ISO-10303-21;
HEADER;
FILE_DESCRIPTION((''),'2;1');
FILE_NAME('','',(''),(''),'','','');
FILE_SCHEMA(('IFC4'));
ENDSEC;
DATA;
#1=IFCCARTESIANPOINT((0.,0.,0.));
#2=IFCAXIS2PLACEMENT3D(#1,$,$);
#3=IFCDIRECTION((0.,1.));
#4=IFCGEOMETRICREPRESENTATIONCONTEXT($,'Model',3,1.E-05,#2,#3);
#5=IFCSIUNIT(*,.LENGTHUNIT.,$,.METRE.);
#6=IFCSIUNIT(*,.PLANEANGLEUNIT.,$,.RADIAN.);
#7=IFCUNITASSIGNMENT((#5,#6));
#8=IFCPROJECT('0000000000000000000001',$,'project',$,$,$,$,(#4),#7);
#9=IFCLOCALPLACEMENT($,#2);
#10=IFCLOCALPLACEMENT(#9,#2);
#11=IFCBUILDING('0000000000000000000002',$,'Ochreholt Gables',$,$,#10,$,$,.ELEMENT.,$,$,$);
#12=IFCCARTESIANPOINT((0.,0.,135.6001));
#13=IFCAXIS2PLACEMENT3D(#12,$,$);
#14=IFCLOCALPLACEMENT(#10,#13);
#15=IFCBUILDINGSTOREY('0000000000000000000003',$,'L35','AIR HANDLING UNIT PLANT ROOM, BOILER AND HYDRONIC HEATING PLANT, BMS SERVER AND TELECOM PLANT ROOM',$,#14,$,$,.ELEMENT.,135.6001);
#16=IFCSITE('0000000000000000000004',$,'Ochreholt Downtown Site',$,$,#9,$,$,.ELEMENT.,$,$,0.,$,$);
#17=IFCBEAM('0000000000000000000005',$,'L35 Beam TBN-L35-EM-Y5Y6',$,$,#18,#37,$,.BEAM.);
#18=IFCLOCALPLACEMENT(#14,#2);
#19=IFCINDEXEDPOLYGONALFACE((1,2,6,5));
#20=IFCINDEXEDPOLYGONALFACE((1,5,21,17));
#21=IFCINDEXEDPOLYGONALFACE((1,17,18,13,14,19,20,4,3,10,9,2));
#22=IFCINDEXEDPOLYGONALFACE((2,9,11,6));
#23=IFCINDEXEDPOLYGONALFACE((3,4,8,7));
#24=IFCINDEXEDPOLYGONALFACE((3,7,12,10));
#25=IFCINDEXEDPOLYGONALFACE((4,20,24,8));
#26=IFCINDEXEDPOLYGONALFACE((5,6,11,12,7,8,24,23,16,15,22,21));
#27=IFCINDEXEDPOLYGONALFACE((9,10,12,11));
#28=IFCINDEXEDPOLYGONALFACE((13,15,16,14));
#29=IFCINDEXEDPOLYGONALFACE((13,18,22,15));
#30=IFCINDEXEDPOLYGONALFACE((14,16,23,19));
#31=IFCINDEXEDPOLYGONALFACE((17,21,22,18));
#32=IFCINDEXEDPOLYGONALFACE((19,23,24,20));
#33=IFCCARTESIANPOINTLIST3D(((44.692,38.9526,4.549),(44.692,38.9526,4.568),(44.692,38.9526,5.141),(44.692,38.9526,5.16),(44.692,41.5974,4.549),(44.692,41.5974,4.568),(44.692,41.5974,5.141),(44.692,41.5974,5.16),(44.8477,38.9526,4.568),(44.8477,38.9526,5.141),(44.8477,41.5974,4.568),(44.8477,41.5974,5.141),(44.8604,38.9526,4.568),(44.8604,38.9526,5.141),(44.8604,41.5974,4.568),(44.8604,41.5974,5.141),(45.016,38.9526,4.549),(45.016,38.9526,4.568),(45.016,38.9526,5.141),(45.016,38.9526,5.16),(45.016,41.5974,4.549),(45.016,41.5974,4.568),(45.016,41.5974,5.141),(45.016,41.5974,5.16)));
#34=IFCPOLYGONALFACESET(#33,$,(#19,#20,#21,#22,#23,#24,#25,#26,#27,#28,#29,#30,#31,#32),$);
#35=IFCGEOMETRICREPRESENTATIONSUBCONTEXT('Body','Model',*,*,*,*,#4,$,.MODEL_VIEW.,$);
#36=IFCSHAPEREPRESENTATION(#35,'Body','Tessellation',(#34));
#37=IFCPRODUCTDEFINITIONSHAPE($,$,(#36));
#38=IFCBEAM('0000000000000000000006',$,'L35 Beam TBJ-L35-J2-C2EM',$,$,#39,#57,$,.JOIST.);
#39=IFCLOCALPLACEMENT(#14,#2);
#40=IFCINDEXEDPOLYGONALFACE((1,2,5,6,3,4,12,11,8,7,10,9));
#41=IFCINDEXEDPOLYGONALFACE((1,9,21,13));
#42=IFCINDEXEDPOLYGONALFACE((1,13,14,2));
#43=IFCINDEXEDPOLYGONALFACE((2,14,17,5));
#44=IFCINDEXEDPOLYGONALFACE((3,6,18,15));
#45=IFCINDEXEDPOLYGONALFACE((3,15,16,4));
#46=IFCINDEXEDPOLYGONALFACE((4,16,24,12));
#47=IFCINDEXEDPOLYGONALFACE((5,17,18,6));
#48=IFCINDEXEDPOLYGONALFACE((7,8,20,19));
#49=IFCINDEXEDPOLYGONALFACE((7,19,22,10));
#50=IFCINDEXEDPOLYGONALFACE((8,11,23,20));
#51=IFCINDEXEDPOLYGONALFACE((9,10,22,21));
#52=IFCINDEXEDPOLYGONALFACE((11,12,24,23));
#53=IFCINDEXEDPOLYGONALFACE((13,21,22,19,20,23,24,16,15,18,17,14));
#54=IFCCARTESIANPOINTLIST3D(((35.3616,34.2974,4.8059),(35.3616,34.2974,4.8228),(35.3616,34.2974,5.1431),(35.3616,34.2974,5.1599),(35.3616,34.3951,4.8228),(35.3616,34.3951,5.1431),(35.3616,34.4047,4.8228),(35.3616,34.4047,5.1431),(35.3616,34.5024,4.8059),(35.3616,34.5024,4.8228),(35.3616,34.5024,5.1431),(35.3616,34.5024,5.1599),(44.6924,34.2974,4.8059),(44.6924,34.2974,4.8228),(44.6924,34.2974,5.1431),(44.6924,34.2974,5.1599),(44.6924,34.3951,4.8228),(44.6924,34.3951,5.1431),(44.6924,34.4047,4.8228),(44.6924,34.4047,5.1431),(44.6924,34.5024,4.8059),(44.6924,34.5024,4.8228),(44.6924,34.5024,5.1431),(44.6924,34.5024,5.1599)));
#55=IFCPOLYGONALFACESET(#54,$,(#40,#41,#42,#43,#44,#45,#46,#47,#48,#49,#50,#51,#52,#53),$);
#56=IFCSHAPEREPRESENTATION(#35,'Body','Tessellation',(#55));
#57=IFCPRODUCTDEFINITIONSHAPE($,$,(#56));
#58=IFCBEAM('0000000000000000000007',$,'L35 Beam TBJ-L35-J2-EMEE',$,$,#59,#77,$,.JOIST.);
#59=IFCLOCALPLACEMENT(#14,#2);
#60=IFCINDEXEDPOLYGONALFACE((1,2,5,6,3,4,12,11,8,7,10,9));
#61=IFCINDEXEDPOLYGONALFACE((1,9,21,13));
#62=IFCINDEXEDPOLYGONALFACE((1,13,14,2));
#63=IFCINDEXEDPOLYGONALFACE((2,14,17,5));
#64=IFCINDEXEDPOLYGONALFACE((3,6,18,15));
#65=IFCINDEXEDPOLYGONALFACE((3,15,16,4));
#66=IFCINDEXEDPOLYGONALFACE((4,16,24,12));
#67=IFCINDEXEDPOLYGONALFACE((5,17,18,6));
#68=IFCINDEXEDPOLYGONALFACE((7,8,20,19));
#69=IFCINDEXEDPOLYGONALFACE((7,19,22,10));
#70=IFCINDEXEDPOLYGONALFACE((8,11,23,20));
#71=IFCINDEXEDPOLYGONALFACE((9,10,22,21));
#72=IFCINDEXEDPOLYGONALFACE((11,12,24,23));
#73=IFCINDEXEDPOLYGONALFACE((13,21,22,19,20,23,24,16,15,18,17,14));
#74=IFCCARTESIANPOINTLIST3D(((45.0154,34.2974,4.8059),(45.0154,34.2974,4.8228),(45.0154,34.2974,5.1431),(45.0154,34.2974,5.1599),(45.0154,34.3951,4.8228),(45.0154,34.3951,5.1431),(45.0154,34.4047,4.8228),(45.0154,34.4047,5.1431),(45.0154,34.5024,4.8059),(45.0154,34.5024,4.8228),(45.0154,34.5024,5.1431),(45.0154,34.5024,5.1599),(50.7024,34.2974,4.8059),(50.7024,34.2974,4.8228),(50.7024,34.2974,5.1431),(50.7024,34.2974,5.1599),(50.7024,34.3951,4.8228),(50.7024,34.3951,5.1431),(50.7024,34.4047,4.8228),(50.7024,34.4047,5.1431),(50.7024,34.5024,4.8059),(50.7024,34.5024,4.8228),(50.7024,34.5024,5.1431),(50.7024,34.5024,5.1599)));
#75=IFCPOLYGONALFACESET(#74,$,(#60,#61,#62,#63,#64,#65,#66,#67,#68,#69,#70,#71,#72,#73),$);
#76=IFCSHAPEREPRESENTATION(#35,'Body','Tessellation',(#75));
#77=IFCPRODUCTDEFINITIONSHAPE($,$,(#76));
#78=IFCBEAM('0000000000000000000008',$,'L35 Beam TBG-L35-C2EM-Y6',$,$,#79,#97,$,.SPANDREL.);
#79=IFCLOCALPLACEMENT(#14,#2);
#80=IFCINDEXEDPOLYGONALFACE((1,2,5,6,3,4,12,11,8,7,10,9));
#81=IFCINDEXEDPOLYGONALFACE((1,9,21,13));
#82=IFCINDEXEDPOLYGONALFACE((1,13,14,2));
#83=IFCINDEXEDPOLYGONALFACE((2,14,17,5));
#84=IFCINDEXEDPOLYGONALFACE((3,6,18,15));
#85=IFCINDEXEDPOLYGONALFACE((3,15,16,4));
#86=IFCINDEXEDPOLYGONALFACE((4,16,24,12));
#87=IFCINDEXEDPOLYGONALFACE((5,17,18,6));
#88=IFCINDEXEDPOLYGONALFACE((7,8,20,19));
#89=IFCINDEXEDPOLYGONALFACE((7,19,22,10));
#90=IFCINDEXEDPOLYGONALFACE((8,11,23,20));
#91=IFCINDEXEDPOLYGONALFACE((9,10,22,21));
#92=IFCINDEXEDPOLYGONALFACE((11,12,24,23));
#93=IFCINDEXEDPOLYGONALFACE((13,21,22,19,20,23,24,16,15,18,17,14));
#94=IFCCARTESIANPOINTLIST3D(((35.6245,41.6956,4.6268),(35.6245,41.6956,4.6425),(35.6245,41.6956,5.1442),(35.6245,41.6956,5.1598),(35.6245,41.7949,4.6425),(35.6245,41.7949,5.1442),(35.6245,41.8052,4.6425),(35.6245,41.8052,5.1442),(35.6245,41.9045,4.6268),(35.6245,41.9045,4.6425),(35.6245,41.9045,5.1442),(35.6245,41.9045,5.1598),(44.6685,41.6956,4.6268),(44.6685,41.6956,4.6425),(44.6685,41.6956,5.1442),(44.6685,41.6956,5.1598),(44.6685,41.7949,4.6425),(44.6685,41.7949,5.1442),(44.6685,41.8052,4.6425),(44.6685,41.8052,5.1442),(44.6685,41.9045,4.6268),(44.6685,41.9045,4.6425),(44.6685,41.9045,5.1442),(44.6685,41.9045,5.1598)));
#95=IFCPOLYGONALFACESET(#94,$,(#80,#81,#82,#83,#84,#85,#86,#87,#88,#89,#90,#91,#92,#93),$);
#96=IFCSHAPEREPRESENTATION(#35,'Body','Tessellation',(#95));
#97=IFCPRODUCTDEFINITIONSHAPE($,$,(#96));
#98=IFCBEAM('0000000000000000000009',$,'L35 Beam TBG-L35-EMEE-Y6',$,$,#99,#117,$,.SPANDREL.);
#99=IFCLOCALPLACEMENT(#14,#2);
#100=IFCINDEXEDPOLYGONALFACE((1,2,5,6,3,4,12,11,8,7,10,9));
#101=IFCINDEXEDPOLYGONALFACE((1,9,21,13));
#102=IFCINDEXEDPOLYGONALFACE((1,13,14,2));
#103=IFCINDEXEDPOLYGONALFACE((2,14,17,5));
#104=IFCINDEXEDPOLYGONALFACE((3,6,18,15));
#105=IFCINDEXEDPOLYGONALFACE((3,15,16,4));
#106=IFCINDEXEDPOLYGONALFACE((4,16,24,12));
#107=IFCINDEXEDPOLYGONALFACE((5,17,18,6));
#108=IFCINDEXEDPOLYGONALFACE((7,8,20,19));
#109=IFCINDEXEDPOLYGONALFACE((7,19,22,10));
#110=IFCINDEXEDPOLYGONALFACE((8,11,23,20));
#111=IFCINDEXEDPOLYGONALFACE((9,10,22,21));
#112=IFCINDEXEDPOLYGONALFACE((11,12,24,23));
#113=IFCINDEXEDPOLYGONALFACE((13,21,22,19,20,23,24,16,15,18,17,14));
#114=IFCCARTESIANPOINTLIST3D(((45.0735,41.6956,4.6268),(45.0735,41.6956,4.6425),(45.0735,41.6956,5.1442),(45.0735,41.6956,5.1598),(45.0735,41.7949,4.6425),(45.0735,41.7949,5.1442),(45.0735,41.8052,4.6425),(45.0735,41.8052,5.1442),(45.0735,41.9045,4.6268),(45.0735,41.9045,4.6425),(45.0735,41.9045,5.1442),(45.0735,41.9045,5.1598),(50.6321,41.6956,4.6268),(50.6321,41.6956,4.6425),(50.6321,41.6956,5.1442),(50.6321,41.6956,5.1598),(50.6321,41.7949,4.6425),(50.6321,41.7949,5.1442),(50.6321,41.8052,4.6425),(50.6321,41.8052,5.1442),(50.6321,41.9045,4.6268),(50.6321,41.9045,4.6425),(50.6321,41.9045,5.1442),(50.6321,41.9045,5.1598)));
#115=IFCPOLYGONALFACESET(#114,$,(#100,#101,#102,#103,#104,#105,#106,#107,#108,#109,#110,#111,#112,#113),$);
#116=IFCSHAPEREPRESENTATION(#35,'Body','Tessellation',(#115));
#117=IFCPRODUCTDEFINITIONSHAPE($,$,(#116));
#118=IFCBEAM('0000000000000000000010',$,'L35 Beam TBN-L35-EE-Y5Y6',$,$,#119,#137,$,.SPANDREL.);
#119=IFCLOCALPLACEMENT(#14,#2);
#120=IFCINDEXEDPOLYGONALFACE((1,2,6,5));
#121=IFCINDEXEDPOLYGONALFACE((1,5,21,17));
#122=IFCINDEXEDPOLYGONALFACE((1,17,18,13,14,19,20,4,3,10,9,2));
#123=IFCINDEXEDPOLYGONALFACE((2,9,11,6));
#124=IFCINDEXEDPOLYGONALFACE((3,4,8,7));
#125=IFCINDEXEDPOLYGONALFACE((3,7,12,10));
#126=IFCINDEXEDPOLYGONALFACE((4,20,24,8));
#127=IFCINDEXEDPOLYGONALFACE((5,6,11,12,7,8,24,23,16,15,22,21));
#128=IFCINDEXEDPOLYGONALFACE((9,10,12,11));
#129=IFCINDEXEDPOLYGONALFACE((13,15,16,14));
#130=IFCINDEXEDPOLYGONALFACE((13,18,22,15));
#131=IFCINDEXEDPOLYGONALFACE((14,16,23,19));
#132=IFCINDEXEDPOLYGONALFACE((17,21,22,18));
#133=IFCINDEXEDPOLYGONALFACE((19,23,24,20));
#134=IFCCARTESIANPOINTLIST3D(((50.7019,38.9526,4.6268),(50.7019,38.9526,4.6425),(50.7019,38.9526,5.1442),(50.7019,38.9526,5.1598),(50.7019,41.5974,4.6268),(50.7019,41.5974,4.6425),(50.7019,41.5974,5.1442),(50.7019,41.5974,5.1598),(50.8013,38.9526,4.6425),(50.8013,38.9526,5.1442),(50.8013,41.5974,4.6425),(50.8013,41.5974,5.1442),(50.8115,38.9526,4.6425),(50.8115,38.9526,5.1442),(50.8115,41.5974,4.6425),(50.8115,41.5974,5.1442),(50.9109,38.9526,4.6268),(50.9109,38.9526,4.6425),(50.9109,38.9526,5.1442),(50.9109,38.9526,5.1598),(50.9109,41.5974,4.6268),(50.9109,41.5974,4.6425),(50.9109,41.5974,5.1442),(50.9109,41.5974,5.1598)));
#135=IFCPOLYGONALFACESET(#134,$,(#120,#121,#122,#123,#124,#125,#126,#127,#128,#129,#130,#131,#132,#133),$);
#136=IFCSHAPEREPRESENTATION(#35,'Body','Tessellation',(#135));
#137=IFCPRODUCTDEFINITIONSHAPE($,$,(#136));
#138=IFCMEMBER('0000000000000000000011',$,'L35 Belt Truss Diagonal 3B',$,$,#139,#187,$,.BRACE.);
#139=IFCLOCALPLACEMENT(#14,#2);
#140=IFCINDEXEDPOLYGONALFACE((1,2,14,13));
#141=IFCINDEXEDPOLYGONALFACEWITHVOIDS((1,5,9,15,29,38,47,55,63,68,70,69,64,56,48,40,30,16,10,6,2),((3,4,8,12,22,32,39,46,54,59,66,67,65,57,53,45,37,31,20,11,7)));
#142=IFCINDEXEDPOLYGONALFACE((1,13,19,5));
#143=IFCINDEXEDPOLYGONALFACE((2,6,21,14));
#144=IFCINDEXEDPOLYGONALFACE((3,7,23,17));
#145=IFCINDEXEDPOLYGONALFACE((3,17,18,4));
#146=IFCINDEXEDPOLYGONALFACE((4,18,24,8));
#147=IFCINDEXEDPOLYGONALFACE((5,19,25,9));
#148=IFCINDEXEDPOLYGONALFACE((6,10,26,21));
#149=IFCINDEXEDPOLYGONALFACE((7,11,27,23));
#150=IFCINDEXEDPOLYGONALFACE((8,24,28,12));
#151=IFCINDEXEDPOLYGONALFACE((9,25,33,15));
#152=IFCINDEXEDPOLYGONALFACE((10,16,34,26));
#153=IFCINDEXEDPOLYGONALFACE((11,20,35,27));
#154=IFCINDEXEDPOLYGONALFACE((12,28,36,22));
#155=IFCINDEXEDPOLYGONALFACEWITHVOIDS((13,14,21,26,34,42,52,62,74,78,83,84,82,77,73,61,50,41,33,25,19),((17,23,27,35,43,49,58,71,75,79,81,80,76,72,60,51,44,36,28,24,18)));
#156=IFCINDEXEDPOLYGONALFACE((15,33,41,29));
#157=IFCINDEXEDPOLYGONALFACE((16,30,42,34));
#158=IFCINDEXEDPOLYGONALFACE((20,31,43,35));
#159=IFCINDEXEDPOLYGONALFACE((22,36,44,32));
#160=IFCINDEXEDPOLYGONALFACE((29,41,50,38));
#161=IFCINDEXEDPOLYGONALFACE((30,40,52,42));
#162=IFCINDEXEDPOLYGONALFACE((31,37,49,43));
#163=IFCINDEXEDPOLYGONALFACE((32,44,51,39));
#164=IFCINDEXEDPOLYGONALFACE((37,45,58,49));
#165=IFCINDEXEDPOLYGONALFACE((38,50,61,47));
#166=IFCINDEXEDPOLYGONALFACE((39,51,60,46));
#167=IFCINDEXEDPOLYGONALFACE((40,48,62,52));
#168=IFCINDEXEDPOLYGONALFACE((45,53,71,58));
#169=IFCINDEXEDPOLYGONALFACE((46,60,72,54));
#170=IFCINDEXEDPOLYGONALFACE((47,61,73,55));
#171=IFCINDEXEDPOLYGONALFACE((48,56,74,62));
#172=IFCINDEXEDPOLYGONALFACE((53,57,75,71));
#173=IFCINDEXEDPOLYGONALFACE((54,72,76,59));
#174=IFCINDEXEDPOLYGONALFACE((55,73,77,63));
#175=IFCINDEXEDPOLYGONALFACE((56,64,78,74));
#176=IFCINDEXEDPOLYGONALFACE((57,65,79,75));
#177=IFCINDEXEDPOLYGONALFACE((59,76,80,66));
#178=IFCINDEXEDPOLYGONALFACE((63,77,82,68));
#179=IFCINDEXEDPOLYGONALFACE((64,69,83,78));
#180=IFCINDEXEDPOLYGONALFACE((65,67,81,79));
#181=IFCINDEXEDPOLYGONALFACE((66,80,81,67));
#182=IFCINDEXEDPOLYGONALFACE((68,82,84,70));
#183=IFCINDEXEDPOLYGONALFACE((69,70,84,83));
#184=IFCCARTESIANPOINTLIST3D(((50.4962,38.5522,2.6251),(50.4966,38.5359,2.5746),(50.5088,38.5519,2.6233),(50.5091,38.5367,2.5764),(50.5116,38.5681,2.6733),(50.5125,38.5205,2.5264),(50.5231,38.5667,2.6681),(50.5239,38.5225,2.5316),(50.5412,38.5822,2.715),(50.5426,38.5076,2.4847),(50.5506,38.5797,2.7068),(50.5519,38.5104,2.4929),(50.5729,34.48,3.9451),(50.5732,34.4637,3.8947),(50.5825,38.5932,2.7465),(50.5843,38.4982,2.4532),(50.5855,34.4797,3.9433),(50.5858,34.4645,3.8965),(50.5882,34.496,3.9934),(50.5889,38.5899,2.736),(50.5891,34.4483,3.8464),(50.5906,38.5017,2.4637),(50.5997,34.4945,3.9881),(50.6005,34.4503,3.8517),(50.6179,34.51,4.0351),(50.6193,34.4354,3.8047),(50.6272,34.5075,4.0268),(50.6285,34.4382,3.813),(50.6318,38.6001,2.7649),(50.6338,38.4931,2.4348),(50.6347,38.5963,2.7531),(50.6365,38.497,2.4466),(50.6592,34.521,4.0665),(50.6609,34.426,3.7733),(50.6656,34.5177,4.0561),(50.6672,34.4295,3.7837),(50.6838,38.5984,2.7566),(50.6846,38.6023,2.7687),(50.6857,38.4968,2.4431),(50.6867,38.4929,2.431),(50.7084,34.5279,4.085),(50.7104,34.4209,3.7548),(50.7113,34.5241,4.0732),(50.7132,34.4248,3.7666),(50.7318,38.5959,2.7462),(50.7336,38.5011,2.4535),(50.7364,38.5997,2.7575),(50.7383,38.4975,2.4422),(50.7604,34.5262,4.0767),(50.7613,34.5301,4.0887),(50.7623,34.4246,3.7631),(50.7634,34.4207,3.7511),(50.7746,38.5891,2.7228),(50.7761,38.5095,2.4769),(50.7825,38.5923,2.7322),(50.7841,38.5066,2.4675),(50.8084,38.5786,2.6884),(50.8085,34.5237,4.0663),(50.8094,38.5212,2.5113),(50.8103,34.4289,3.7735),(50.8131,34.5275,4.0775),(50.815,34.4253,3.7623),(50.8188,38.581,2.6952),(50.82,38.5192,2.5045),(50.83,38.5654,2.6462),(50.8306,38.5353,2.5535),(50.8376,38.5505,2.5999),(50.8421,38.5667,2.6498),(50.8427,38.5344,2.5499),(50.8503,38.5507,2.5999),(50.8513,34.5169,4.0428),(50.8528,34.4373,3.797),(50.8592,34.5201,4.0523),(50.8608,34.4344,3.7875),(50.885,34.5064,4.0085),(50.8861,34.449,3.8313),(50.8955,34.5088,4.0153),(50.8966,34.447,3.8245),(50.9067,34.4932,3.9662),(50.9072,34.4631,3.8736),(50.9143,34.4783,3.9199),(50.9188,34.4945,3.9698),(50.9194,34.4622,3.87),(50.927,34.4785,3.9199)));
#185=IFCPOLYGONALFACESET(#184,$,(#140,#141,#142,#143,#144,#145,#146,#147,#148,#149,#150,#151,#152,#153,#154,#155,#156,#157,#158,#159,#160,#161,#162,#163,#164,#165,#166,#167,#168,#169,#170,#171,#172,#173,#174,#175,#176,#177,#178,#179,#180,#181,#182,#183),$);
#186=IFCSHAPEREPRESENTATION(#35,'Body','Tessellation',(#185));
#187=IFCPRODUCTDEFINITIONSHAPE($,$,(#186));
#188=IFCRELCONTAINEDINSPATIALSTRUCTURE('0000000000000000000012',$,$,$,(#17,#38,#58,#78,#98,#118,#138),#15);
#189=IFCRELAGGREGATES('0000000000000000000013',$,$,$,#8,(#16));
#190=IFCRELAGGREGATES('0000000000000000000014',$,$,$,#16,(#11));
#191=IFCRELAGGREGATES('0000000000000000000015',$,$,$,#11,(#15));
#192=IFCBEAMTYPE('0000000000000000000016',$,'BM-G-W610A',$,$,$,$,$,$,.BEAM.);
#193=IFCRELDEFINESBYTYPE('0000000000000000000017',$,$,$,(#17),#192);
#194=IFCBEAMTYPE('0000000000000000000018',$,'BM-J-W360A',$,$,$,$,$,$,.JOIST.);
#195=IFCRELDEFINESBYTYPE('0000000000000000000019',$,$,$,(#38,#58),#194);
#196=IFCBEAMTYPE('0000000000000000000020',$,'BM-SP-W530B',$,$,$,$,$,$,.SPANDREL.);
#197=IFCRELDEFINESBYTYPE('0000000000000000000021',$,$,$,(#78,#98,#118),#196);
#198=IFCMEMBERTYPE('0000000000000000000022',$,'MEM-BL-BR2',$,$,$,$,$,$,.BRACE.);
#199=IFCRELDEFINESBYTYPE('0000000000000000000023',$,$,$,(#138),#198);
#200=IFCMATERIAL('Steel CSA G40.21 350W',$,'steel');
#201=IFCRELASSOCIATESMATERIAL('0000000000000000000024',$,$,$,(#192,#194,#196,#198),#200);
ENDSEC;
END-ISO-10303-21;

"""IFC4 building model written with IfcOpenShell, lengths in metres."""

from ifc_helpers import new_model, si_unit, direction, frame, origin, origin_2d, place, context, subcontext, project, spatial, hollow_circle, i_section, extrude, material, material_profile, profile_set, type_object, element, save


model = new_model("IFC4")

# Units and contexts
model_context = context("Model", 3, precision=1e-05, world=origin(), true_north=direction((0.0, 1.0)))
body_context = subcontext(model_context, "Body", "Model", "MODEL_VIEW")
ifc_project = project(units=[si_unit("LENGTHUNIT", "METRE"), si_unit("PLANEANGLEUNIT", "RADIAN")], contexts=[model_context])

# Site, building, storey
site_placement = place(None, origin())
site = spatial("IfcSite", under=ifc_project, at=site_placement, Name="Ochreholt Downtown Site", CompositionType="ELEMENT", RefElevation=0.0)
building_placement = place(site_placement, origin())
building = spatial("IfcBuilding", under=site, at=building_placement, Name="Ochreholt Gables", CompositionType="ELEMENT")
storey_placement = place(building_placement, frame((0.0, 0.0, 135.6001)))
storey = spatial("IfcBuildingStorey", under=building, at=storey_placement, Name="L35", Description="AIR HANDLING UNIT PLANT ROOM, BOILER AND HYDRONIC HEATING PLANT, BMS SERVER AND TELECOM PLANT ROOM", CompositionType="ELEMENT", Elevation=135.6001)

# Shared definitions
ifc_material_1 = material(Name="Steel CSA G40.21 350W", Category="steel")

# Beams
ifc_material_profile_1 = material_profile(ifc_material_1, i_section(OverallWidth=0.324, OverallDepth=0.6111, WebThickness=0.0127, FlangeThickness=0.019, at=origin_2d()), Name="W610X155")
ifc_profile_set_1 = profile_set([ifc_material_profile_1], Name="Steel CSA G40.21 350W")
beam_type_1 = type_object("IfcBeamType", Name="BM-G-W610A", PredefinedType="BEAM", material=ifc_profile_set_1)
beam_1_placement = place(storey_placement, frame((44.854, 38.9526, 4.8545), z_axis=(0.0, 1.0, 0.0), x_axis=(-1.0, 0.0, 0.0)))
element("IfcBeam", 1, at=beam_1_placement, inside=storey, type_object=beam_type_1, Name="L35 Beam TBN-L35-EM-Y5Y6", PredefinedType="BEAM", context=body_context, shape_type="SweptSolid", body=[
    extrude(i_section(OverallWidth=0.324, OverallDepth=0.6111, WebThickness=0.0127, FlangeThickness=0.019, at=origin_2d()), origin(), (0.0, 0.0, 1.0), 2.6448),
])
ifc_material_profile_2 = material_profile(ifc_material_1, i_section(OverallWidth=0.2051, OverallDepth=0.354, WebThickness=0.0095, FlangeThickness=0.0168, at=origin_2d()), Name="W360X79")
ifc_profile_set_2 = profile_set([ifc_material_profile_2], Name="Steel CSA G40.21 350W")
beam_type_2 = type_object("IfcBeamType", Name="BM-J-W360A", PredefinedType="JOIST", material=ifc_profile_set_2)
beam_2_placement = place(storey_placement, frame((35.3616, 34.3999, 4.9829), z_axis=(1.0, 0.0, 0.0), x_axis=(0.0, 1.0, 0.0)))
element("IfcBeam", 2, at=beam_2_placement, inside=storey, type_object=beam_type_2, Name="L35 Beam TBJ-L35-J2-C2EM", PredefinedType="JOIST", context=body_context, shape_type="SweptSolid", body=[
    extrude(i_section(OverallWidth=0.2051, OverallDepth=0.354, WebThickness=0.0095, FlangeThickness=0.0168, at=origin_2d()), origin(), (0.0, 0.0, 1.0), 9.3308),
])
beam_3_placement = place(storey_placement, frame((45.0154, 34.3999, 4.9829), z_axis=(1.0, 0.0, 0.0), x_axis=(0.0, 1.0, 0.0)))
element("IfcBeam", 3, at=beam_3_placement, inside=storey, type_object=beam_type_2, Name="L35 Beam TBJ-L35-J2-EMEE", PredefinedType="JOIST", context=body_context, shape_type="SweptSolid", body=[
    extrude(i_section(OverallWidth=0.2051, OverallDepth=0.354, WebThickness=0.0095, FlangeThickness=0.0168, at=origin_2d()), origin(), (0.0, 0.0, 1.0), 5.687),
])
ifc_material_profile_3 = material_profile(ifc_material_1, i_section(OverallWidth=0.209, OverallDepth=0.533, WebThickness=0.0103, FlangeThickness=0.0156, at=origin_2d()), Name="W530X92")
ifc_profile_set_3 = profile_set([ifc_material_profile_3], Name="Steel CSA G40.21 350W")
beam_type_3 = type_object("IfcBeamType", Name="BM-SP-W530B", PredefinedType="SPANDREL", material=ifc_profile_set_3)
beam_4_placement = place(storey_placement, frame((35.6245, 41.8, 4.8933), z_axis=(1.0, 0.0, 0.0), x_axis=(0.0, 1.0, 0.0)))
element("IfcBeam", 4, at=beam_4_placement, inside=storey, type_object=beam_type_3, Name="L35 Beam TBG-L35-C2EM-Y6", PredefinedType="SPANDREL", context=body_context, shape_type="SweptSolid", body=[
    extrude(i_section(OverallWidth=0.209, OverallDepth=0.533, WebThickness=0.0103, FlangeThickness=0.0156, at=origin_2d()), origin(), (0.0, 0.0, 1.0), 9.0439),
])
beam_5_placement = place(storey_placement, frame((45.0735, 41.8, 4.8933), z_axis=(1.0, 0.0, 0.0), x_axis=(0.0, 1.0, 0.0)))
element("IfcBeam", 5, at=beam_5_placement, inside=storey, type_object=beam_type_3, Name="L35 Beam TBG-L35-EMEE-Y6", PredefinedType="SPANDREL", context=body_context, shape_type="SweptSolid", body=[
    extrude(i_section(OverallWidth=0.209, OverallDepth=0.533, WebThickness=0.0103, FlangeThickness=0.0156, at=origin_2d()), origin(), (0.0, 0.0, 1.0), 5.5586),
])
beam_6_placement = place(storey_placement, frame((50.8064, 38.9526, 4.8933), z_axis=(0.0, 1.0, 0.0), x_axis=(-1.0, 0.0, 0.0)))
element("IfcBeam", 6, at=beam_6_placement, inside=storey, type_object=beam_type_3, Name="L35 Beam TBN-L35-EE-Y5Y6", PredefinedType="SPANDREL", context=body_context, shape_type="SweptSolid", body=[
    extrude(i_section(OverallWidth=0.209, OverallDepth=0.533, WebThickness=0.0103, FlangeThickness=0.0156, at=origin_2d()), origin(), (0.0, 0.0, 1.0), 2.6448),
])

# Member
ifc_material_profile_4 = material_profile(ifc_material_1, hollow_circle(Radius=0.178, WallThickness=0.0127, at=origin_2d()), Name="CHS356X13")
ifc_profile_set_4 = profile_set([ifc_material_profile_4], Name="Steel CSA G40.21 350W")
member_type_1 = type_object("IfcMemberType", Name="MEM-BL-BR2", PredefinedType="BRACE", material=ifc_profile_set_4)
member_1_placement = place(storey_placement, frame((50.6724, 38.5474, 2.5999), z_axis=(0.017905, -0.951116, 0.308314), x_axis=(0.999823, 0.018822, 0.0)))
element("IfcMember", 7, at=member_1_placement, inside=storey, type_object=member_type_1, Name="L35 Belt Truss Diagonal 3B", PredefinedType="BRACE", context=body_context, shape_type="SweptSolid", body=[
    extrude(hollow_circle(Radius=0.178, WallThickness=0.0127, at=origin_2d()), origin(), (0.0, 0.0, 1.0), 4.2815),
])

save(model, "model.ifc")
